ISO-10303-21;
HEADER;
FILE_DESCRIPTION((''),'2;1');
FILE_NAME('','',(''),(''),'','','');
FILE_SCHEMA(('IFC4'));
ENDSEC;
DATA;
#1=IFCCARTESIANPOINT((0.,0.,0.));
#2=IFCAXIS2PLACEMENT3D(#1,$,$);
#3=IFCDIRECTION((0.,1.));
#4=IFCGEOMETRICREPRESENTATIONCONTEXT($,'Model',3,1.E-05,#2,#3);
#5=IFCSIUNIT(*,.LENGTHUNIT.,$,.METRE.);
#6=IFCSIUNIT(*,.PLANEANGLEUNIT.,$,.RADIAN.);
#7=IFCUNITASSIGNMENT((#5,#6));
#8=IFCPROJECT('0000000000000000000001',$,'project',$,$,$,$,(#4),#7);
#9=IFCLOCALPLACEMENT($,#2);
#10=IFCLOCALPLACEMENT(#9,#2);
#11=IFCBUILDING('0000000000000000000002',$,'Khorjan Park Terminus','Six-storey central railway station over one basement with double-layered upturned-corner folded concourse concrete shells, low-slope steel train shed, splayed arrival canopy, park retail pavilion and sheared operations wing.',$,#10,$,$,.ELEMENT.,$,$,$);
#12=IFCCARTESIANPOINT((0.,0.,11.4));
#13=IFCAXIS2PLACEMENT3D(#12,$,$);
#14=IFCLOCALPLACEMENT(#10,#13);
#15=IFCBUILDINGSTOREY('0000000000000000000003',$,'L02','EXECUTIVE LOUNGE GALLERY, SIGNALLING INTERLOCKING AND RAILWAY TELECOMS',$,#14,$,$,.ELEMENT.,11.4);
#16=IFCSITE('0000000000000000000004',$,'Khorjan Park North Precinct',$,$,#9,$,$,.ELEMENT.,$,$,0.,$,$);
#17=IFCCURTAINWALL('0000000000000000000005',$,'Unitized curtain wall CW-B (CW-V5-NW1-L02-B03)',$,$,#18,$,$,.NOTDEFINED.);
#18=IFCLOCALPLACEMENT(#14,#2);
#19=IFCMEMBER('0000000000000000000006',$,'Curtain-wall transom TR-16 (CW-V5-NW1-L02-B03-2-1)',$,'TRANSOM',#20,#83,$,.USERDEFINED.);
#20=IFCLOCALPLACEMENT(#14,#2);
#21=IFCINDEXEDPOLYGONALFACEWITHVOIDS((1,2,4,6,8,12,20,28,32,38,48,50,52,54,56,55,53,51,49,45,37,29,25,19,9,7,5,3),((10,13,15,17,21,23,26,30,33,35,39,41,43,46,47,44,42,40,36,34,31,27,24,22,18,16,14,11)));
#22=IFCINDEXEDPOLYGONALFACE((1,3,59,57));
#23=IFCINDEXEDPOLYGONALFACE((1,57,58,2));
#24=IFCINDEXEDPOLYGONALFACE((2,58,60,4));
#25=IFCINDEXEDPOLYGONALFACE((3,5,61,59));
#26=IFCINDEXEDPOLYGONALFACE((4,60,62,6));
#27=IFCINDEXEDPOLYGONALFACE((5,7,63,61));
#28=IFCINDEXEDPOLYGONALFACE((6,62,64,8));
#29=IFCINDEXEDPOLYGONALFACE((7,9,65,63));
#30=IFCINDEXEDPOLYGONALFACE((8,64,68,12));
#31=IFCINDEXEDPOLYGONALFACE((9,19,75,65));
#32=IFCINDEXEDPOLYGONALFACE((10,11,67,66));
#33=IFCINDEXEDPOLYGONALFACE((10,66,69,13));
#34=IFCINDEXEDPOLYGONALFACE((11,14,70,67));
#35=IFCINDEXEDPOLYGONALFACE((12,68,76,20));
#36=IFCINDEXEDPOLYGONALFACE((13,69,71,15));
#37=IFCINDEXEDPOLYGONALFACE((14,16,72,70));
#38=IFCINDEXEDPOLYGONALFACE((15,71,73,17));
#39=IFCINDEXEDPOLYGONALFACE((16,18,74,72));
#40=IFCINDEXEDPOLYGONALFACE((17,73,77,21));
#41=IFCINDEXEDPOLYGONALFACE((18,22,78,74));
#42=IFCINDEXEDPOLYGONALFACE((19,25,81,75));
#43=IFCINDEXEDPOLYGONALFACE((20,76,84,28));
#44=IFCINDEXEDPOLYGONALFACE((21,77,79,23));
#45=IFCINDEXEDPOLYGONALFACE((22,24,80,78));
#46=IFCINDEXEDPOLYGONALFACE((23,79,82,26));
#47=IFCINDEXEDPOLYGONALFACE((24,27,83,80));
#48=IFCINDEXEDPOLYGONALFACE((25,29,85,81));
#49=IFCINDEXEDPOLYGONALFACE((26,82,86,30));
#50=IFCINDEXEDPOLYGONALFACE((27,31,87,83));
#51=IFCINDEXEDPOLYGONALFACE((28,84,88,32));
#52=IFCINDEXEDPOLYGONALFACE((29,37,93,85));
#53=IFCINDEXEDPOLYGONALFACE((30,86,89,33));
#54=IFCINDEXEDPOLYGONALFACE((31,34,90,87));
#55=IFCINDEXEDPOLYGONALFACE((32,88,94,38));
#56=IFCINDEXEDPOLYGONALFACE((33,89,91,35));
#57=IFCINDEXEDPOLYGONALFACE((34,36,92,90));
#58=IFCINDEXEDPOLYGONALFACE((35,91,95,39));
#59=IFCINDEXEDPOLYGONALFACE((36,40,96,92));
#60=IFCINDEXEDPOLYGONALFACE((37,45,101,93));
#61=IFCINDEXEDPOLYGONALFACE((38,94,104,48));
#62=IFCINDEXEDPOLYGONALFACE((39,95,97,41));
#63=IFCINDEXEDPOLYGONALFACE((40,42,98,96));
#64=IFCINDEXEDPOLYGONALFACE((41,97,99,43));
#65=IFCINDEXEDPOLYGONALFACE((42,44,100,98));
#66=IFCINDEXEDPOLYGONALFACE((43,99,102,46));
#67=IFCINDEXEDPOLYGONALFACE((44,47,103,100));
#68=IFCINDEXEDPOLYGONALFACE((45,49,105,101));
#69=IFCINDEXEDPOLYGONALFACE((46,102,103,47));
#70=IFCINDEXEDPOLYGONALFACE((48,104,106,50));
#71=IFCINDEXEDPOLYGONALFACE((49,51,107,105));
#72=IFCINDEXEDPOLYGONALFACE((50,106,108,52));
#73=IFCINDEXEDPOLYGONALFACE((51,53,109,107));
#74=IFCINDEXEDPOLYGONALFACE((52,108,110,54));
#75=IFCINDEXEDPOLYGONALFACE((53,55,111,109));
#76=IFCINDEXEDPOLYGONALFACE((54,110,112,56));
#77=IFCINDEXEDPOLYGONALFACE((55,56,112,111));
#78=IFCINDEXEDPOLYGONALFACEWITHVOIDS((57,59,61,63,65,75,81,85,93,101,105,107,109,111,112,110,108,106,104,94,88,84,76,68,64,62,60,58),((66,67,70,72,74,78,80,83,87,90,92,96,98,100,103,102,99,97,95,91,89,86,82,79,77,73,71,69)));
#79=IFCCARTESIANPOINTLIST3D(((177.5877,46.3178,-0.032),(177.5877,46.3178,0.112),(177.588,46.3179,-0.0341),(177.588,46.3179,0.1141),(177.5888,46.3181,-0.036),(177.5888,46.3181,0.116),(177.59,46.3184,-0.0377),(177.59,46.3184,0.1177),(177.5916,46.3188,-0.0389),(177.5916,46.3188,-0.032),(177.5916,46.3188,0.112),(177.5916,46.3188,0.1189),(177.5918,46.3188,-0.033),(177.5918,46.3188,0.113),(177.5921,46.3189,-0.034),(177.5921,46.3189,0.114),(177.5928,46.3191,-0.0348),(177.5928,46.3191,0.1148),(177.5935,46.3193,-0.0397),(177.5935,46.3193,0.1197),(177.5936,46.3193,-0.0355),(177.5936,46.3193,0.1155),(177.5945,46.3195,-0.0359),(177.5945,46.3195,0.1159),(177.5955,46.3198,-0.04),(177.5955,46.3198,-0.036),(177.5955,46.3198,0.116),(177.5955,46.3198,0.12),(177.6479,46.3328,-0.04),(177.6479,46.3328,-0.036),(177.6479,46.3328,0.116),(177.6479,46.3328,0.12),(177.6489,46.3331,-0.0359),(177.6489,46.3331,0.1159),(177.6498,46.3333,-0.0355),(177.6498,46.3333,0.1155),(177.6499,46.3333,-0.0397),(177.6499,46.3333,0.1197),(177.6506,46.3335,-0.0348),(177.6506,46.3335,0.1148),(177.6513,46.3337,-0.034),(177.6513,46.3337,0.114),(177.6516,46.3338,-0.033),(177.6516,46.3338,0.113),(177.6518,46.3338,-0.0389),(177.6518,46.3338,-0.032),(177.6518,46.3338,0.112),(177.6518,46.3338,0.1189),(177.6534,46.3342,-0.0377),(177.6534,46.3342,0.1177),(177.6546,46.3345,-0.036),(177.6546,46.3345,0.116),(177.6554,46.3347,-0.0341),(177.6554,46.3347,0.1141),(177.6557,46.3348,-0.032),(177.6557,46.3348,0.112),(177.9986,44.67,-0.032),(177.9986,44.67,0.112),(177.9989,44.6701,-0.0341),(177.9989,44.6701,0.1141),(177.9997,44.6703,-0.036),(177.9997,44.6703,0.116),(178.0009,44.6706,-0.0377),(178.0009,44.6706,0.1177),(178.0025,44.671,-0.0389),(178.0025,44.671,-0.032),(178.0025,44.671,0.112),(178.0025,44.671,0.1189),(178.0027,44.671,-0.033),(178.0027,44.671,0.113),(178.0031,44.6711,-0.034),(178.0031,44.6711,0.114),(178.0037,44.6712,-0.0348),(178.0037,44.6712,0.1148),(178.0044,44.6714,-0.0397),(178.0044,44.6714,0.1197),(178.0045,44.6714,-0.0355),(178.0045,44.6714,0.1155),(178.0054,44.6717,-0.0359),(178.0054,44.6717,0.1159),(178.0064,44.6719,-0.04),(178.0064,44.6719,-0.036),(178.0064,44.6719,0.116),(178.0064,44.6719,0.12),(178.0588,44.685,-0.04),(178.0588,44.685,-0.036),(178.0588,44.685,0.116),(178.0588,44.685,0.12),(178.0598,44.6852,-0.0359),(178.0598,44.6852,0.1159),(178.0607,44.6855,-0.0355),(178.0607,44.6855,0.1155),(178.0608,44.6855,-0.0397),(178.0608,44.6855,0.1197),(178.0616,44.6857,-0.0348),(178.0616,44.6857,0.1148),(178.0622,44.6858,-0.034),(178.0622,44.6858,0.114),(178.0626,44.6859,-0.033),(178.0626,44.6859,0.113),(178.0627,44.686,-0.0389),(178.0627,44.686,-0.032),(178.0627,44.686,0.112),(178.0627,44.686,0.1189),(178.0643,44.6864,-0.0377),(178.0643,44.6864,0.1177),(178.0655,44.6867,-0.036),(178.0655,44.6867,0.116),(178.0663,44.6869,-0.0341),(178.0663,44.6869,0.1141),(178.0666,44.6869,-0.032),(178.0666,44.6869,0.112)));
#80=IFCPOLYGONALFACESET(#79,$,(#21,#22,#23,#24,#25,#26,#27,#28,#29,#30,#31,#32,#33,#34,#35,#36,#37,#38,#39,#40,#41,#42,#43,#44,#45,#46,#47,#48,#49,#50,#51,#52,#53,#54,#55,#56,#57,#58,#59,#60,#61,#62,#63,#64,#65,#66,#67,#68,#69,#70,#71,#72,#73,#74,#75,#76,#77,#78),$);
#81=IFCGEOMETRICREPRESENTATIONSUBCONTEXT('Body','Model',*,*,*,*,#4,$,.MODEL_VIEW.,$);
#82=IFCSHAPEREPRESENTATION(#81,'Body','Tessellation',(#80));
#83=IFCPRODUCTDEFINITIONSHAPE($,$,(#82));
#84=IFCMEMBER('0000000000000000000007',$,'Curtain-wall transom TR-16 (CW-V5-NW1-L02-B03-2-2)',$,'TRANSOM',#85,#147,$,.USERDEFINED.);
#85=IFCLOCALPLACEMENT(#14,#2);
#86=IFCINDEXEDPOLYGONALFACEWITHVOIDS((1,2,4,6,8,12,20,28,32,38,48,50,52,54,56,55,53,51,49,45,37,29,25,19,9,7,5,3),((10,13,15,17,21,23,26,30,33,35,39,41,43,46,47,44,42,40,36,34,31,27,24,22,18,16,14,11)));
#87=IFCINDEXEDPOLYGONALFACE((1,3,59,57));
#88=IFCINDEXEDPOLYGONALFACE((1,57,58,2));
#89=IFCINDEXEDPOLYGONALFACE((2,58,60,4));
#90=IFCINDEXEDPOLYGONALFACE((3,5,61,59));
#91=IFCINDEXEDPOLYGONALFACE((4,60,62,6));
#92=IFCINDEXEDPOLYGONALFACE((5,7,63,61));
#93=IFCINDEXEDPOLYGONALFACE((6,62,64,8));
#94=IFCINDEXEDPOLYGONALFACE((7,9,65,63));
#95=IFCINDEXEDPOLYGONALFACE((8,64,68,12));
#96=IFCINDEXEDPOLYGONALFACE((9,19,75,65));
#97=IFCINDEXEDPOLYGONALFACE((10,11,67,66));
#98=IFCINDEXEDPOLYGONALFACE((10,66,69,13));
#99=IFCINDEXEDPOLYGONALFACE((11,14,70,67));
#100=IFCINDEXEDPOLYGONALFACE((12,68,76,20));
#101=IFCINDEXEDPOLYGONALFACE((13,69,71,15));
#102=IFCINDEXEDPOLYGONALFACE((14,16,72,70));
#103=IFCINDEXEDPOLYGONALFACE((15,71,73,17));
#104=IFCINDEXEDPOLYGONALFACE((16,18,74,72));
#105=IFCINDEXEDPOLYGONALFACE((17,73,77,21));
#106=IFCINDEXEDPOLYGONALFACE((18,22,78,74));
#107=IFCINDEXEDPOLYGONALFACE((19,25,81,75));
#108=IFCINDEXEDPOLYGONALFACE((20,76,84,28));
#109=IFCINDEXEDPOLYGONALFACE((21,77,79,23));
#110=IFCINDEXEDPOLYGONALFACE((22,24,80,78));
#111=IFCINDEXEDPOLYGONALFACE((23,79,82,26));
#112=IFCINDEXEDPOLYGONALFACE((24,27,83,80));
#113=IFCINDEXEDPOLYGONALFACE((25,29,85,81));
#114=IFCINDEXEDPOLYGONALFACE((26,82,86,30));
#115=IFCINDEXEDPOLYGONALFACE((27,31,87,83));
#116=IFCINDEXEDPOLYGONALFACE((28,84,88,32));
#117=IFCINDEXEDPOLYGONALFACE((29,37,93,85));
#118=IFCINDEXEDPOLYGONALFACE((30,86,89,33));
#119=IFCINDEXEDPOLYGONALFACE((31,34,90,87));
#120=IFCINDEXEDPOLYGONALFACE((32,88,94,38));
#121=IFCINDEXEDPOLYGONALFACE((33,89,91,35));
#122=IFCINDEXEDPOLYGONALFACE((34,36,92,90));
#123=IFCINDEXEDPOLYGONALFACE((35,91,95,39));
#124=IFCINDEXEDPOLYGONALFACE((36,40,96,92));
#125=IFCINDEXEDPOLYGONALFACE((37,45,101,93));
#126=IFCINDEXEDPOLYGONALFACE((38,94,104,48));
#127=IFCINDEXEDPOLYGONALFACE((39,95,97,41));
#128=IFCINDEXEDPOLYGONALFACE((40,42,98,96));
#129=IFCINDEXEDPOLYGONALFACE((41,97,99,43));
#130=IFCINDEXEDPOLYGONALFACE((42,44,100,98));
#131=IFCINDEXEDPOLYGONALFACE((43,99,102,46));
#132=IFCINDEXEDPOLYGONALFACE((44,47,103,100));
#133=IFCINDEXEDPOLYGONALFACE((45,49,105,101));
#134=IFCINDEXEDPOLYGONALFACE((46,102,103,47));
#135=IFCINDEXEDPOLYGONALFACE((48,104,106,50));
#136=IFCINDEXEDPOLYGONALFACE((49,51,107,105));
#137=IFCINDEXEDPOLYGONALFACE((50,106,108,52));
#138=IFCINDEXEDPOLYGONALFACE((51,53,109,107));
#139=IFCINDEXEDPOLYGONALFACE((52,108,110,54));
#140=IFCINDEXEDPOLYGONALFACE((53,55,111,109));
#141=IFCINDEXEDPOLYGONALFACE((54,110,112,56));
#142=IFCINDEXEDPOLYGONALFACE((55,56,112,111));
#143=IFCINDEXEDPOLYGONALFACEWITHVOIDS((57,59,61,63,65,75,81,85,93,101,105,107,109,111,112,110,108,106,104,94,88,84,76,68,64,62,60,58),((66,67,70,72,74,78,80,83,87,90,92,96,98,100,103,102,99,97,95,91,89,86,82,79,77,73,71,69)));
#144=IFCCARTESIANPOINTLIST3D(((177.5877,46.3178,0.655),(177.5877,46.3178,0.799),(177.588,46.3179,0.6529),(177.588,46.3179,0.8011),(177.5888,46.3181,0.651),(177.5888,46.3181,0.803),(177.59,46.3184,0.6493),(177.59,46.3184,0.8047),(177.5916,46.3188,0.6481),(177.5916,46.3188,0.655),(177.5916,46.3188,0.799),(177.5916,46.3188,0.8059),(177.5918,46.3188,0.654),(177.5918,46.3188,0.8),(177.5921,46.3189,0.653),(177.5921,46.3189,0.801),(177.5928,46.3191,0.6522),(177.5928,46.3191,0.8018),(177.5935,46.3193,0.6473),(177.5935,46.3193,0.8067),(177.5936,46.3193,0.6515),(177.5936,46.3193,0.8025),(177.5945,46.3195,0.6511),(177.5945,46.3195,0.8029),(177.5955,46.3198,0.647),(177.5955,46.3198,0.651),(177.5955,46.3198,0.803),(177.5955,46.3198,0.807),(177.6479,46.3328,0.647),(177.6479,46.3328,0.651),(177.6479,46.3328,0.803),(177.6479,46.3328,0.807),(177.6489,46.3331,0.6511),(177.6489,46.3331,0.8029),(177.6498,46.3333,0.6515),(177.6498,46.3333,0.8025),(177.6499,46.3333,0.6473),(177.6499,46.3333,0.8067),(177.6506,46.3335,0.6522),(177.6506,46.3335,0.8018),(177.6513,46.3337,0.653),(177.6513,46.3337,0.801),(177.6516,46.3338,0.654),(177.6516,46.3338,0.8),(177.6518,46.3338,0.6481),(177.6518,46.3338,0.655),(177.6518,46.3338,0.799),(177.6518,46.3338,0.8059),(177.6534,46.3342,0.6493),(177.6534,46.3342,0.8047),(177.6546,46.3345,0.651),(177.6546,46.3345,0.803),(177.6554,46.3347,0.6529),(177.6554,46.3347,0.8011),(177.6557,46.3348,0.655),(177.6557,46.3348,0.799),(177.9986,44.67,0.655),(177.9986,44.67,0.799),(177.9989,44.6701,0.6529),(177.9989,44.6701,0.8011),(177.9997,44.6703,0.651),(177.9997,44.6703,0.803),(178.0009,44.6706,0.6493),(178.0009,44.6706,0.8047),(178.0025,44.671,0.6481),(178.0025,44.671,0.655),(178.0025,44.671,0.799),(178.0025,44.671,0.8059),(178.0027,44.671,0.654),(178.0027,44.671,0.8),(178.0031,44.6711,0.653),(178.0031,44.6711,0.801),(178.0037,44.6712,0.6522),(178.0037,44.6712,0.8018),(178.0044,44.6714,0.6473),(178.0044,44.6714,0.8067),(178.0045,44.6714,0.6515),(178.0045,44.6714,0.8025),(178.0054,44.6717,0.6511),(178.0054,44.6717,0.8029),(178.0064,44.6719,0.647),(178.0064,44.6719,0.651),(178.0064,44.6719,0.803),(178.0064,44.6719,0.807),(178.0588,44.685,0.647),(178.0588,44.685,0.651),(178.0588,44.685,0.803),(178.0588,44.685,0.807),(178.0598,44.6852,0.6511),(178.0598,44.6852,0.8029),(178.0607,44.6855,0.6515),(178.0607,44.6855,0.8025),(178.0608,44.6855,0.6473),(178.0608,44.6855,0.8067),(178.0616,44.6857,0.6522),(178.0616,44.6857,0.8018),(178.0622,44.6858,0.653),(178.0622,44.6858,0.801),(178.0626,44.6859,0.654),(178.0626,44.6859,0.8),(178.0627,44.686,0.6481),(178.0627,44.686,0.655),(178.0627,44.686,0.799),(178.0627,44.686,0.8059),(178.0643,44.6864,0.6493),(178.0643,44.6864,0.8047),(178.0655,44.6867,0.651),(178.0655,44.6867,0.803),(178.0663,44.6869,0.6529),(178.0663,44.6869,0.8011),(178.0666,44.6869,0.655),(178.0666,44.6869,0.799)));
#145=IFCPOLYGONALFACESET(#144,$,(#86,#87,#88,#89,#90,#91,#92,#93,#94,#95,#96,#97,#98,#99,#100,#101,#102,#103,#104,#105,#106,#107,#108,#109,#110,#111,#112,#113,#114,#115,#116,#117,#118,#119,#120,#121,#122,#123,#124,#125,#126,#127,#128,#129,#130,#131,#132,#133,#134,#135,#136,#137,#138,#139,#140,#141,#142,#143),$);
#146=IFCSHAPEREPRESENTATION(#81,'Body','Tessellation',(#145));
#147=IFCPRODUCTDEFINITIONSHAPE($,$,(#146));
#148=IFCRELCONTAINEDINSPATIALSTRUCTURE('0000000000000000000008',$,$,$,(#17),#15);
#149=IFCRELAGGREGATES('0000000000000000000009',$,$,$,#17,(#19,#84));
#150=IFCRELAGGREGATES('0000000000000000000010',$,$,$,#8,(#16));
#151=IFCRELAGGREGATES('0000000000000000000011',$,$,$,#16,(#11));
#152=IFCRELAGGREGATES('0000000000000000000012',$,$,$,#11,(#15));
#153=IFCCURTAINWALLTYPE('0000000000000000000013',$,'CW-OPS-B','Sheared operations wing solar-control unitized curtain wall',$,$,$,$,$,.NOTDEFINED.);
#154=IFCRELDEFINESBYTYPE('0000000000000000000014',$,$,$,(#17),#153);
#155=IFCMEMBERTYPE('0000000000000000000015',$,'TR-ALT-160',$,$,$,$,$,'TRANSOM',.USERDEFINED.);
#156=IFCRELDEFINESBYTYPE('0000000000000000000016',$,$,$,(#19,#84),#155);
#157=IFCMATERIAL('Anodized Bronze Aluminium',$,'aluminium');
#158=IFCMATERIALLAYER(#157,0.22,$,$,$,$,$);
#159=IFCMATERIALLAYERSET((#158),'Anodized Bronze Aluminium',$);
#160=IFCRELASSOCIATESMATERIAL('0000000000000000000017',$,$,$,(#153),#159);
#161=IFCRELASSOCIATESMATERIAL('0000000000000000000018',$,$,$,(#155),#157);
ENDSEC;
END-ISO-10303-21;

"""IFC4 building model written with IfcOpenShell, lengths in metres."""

from ifc_helpers import new_model, si_unit, direction, frame, origin, origin_2d, place, context, subcontext, project, spatial, hollow_rectangle, extrude, material, layer, layer_set, material_profile, profile_set, type_object, element, aggregate, save


model = new_model("IFC4")

# Units and contexts
model_context = context("Model", 3, precision=1e-05, world=origin(), true_north=direction((0.0, 1.0)))
body_context = subcontext(model_context, "Body", "Model", "MODEL_VIEW")
ifc_project = project(units=[si_unit("LENGTHUNIT", "METRE"), si_unit("PLANEANGLEUNIT", "RADIAN")], contexts=[model_context])

# Site, building, storey
site_placement = place(None, origin())
site = spatial("IfcSite", under=ifc_project, at=site_placement, Name="Khorjan Park North Precinct", CompositionType="ELEMENT", RefElevation=0.0)
building_placement = place(site_placement, origin())
building = spatial("IfcBuilding", under=site, at=building_placement, Name="Khorjan Park Terminus", Description="Six-storey central railway station over one basement with double-layered upturned-corner folded concourse concrete shells, low-slope steel train shed, splayed arrival canopy, park retail pavilion and sheared operations wing.", CompositionType="ELEMENT")
storey_placement = place(building_placement, frame((0.0, 0.0, 11.4)))
storey = spatial("IfcBuildingStorey", under=building, at=storey_placement, Name="L02", Description="EXECUTIVE LOUNGE GALLERY, SIGNALLING INTERLOCKING AND RAILWAY TELECOMS", CompositionType="ELEMENT", Elevation=11.4)

# Curtain wall
ifc_material_1 = material(Name="Anodized Bronze Aluminium", Category="aluminium")
ifc_layer_1 = layer(ifc_material_1, 0.22)
ifc_layer_set_1 = layer_set([ifc_layer_1], Name="Anodized Bronze Aluminium")
curtain_wall_type = type_object("IfcCurtainWallType", Name="CW-OPS-B", Description="Sheared operations wing solar-control unitized curtain wall", PredefinedType="NOTDEFINED", material=ifc_layer_set_1)
curtain_wall_1_placement = place(storey_placement, origin())
curtain_wall_1 = element("IfcCurtainWall", 1, at=curtain_wall_1_placement, inside=storey, type_object=curtain_wall_type, Name="Unitized curtain wall CW-B (CW-V5-NW1-L02-B03)", PredefinedType="NOTDEFINED")

# Members
ifc_material_profile_1 = material_profile(ifc_material_1, hollow_rectangle(XDim=0.07, YDim=0.16, WallThickness=0.004, InnerFilletRadius=0.004, OuterFilletRadius=0.008, at=origin_2d()), Name="ALT 70x160x4")
ifc_profile_set_1 = profile_set([ifc_material_profile_1], Name="Anodized Bronze Aluminium")
member_type_1 = type_object("IfcMemberType", Name="TR-ALT-160", ElementType="TRANSOM", PredefinedType="USERDEFINED", material=ifc_profile_set_1)
member_1_placement = place(storey_placement, frame((177.6217, 46.3263, 0.04), z_axis=(0.241954, -0.970288, 0.0), x_axis=(0.970288, 0.241954, 0.0)))
member_1 = element("IfcMember", 2, at=member_1_placement, type_object=member_type_1, Name="Curtain-wall transom TR-16 (CW-V5-NW1-L02-B03-2-1)", ObjectType="TRANSOM", PredefinedType="USERDEFINED", context=body_context, shape_type="SweptSolid", body=[
    extrude(hollow_rectangle(XDim=0.07, YDim=0.16, WallThickness=0.004, InnerFilletRadius=0.004, OuterFilletRadius=0.008, at=origin_2d()), origin(), (0.0, 0.0, 1.0), 1.6983),
])
member_2_placement = place(storey_placement, frame((177.6217, 46.3263, 0.727), z_axis=(0.241954, -0.970288, 0.0), x_axis=(0.970288, 0.241954, 0.0)))
member_2 = element("IfcMember", 3, at=member_2_placement, type_object=member_type_1, Name="Curtain-wall transom TR-16 (CW-V5-NW1-L02-B03-2-2)", ObjectType="TRANSOM", PredefinedType="USERDEFINED", context=body_context, shape_type="SweptSolid", body=[
    extrude(hollow_rectangle(XDim=0.07, YDim=0.16, WallThickness=0.004, InnerFilletRadius=0.004, OuterFilletRadius=0.008, at=origin_2d()), origin(), (0.0, 0.0, 1.0), 1.6983),
])

aggregate(curtain_wall_1, [member_1, member_2])

save(model, "model.ifc")
